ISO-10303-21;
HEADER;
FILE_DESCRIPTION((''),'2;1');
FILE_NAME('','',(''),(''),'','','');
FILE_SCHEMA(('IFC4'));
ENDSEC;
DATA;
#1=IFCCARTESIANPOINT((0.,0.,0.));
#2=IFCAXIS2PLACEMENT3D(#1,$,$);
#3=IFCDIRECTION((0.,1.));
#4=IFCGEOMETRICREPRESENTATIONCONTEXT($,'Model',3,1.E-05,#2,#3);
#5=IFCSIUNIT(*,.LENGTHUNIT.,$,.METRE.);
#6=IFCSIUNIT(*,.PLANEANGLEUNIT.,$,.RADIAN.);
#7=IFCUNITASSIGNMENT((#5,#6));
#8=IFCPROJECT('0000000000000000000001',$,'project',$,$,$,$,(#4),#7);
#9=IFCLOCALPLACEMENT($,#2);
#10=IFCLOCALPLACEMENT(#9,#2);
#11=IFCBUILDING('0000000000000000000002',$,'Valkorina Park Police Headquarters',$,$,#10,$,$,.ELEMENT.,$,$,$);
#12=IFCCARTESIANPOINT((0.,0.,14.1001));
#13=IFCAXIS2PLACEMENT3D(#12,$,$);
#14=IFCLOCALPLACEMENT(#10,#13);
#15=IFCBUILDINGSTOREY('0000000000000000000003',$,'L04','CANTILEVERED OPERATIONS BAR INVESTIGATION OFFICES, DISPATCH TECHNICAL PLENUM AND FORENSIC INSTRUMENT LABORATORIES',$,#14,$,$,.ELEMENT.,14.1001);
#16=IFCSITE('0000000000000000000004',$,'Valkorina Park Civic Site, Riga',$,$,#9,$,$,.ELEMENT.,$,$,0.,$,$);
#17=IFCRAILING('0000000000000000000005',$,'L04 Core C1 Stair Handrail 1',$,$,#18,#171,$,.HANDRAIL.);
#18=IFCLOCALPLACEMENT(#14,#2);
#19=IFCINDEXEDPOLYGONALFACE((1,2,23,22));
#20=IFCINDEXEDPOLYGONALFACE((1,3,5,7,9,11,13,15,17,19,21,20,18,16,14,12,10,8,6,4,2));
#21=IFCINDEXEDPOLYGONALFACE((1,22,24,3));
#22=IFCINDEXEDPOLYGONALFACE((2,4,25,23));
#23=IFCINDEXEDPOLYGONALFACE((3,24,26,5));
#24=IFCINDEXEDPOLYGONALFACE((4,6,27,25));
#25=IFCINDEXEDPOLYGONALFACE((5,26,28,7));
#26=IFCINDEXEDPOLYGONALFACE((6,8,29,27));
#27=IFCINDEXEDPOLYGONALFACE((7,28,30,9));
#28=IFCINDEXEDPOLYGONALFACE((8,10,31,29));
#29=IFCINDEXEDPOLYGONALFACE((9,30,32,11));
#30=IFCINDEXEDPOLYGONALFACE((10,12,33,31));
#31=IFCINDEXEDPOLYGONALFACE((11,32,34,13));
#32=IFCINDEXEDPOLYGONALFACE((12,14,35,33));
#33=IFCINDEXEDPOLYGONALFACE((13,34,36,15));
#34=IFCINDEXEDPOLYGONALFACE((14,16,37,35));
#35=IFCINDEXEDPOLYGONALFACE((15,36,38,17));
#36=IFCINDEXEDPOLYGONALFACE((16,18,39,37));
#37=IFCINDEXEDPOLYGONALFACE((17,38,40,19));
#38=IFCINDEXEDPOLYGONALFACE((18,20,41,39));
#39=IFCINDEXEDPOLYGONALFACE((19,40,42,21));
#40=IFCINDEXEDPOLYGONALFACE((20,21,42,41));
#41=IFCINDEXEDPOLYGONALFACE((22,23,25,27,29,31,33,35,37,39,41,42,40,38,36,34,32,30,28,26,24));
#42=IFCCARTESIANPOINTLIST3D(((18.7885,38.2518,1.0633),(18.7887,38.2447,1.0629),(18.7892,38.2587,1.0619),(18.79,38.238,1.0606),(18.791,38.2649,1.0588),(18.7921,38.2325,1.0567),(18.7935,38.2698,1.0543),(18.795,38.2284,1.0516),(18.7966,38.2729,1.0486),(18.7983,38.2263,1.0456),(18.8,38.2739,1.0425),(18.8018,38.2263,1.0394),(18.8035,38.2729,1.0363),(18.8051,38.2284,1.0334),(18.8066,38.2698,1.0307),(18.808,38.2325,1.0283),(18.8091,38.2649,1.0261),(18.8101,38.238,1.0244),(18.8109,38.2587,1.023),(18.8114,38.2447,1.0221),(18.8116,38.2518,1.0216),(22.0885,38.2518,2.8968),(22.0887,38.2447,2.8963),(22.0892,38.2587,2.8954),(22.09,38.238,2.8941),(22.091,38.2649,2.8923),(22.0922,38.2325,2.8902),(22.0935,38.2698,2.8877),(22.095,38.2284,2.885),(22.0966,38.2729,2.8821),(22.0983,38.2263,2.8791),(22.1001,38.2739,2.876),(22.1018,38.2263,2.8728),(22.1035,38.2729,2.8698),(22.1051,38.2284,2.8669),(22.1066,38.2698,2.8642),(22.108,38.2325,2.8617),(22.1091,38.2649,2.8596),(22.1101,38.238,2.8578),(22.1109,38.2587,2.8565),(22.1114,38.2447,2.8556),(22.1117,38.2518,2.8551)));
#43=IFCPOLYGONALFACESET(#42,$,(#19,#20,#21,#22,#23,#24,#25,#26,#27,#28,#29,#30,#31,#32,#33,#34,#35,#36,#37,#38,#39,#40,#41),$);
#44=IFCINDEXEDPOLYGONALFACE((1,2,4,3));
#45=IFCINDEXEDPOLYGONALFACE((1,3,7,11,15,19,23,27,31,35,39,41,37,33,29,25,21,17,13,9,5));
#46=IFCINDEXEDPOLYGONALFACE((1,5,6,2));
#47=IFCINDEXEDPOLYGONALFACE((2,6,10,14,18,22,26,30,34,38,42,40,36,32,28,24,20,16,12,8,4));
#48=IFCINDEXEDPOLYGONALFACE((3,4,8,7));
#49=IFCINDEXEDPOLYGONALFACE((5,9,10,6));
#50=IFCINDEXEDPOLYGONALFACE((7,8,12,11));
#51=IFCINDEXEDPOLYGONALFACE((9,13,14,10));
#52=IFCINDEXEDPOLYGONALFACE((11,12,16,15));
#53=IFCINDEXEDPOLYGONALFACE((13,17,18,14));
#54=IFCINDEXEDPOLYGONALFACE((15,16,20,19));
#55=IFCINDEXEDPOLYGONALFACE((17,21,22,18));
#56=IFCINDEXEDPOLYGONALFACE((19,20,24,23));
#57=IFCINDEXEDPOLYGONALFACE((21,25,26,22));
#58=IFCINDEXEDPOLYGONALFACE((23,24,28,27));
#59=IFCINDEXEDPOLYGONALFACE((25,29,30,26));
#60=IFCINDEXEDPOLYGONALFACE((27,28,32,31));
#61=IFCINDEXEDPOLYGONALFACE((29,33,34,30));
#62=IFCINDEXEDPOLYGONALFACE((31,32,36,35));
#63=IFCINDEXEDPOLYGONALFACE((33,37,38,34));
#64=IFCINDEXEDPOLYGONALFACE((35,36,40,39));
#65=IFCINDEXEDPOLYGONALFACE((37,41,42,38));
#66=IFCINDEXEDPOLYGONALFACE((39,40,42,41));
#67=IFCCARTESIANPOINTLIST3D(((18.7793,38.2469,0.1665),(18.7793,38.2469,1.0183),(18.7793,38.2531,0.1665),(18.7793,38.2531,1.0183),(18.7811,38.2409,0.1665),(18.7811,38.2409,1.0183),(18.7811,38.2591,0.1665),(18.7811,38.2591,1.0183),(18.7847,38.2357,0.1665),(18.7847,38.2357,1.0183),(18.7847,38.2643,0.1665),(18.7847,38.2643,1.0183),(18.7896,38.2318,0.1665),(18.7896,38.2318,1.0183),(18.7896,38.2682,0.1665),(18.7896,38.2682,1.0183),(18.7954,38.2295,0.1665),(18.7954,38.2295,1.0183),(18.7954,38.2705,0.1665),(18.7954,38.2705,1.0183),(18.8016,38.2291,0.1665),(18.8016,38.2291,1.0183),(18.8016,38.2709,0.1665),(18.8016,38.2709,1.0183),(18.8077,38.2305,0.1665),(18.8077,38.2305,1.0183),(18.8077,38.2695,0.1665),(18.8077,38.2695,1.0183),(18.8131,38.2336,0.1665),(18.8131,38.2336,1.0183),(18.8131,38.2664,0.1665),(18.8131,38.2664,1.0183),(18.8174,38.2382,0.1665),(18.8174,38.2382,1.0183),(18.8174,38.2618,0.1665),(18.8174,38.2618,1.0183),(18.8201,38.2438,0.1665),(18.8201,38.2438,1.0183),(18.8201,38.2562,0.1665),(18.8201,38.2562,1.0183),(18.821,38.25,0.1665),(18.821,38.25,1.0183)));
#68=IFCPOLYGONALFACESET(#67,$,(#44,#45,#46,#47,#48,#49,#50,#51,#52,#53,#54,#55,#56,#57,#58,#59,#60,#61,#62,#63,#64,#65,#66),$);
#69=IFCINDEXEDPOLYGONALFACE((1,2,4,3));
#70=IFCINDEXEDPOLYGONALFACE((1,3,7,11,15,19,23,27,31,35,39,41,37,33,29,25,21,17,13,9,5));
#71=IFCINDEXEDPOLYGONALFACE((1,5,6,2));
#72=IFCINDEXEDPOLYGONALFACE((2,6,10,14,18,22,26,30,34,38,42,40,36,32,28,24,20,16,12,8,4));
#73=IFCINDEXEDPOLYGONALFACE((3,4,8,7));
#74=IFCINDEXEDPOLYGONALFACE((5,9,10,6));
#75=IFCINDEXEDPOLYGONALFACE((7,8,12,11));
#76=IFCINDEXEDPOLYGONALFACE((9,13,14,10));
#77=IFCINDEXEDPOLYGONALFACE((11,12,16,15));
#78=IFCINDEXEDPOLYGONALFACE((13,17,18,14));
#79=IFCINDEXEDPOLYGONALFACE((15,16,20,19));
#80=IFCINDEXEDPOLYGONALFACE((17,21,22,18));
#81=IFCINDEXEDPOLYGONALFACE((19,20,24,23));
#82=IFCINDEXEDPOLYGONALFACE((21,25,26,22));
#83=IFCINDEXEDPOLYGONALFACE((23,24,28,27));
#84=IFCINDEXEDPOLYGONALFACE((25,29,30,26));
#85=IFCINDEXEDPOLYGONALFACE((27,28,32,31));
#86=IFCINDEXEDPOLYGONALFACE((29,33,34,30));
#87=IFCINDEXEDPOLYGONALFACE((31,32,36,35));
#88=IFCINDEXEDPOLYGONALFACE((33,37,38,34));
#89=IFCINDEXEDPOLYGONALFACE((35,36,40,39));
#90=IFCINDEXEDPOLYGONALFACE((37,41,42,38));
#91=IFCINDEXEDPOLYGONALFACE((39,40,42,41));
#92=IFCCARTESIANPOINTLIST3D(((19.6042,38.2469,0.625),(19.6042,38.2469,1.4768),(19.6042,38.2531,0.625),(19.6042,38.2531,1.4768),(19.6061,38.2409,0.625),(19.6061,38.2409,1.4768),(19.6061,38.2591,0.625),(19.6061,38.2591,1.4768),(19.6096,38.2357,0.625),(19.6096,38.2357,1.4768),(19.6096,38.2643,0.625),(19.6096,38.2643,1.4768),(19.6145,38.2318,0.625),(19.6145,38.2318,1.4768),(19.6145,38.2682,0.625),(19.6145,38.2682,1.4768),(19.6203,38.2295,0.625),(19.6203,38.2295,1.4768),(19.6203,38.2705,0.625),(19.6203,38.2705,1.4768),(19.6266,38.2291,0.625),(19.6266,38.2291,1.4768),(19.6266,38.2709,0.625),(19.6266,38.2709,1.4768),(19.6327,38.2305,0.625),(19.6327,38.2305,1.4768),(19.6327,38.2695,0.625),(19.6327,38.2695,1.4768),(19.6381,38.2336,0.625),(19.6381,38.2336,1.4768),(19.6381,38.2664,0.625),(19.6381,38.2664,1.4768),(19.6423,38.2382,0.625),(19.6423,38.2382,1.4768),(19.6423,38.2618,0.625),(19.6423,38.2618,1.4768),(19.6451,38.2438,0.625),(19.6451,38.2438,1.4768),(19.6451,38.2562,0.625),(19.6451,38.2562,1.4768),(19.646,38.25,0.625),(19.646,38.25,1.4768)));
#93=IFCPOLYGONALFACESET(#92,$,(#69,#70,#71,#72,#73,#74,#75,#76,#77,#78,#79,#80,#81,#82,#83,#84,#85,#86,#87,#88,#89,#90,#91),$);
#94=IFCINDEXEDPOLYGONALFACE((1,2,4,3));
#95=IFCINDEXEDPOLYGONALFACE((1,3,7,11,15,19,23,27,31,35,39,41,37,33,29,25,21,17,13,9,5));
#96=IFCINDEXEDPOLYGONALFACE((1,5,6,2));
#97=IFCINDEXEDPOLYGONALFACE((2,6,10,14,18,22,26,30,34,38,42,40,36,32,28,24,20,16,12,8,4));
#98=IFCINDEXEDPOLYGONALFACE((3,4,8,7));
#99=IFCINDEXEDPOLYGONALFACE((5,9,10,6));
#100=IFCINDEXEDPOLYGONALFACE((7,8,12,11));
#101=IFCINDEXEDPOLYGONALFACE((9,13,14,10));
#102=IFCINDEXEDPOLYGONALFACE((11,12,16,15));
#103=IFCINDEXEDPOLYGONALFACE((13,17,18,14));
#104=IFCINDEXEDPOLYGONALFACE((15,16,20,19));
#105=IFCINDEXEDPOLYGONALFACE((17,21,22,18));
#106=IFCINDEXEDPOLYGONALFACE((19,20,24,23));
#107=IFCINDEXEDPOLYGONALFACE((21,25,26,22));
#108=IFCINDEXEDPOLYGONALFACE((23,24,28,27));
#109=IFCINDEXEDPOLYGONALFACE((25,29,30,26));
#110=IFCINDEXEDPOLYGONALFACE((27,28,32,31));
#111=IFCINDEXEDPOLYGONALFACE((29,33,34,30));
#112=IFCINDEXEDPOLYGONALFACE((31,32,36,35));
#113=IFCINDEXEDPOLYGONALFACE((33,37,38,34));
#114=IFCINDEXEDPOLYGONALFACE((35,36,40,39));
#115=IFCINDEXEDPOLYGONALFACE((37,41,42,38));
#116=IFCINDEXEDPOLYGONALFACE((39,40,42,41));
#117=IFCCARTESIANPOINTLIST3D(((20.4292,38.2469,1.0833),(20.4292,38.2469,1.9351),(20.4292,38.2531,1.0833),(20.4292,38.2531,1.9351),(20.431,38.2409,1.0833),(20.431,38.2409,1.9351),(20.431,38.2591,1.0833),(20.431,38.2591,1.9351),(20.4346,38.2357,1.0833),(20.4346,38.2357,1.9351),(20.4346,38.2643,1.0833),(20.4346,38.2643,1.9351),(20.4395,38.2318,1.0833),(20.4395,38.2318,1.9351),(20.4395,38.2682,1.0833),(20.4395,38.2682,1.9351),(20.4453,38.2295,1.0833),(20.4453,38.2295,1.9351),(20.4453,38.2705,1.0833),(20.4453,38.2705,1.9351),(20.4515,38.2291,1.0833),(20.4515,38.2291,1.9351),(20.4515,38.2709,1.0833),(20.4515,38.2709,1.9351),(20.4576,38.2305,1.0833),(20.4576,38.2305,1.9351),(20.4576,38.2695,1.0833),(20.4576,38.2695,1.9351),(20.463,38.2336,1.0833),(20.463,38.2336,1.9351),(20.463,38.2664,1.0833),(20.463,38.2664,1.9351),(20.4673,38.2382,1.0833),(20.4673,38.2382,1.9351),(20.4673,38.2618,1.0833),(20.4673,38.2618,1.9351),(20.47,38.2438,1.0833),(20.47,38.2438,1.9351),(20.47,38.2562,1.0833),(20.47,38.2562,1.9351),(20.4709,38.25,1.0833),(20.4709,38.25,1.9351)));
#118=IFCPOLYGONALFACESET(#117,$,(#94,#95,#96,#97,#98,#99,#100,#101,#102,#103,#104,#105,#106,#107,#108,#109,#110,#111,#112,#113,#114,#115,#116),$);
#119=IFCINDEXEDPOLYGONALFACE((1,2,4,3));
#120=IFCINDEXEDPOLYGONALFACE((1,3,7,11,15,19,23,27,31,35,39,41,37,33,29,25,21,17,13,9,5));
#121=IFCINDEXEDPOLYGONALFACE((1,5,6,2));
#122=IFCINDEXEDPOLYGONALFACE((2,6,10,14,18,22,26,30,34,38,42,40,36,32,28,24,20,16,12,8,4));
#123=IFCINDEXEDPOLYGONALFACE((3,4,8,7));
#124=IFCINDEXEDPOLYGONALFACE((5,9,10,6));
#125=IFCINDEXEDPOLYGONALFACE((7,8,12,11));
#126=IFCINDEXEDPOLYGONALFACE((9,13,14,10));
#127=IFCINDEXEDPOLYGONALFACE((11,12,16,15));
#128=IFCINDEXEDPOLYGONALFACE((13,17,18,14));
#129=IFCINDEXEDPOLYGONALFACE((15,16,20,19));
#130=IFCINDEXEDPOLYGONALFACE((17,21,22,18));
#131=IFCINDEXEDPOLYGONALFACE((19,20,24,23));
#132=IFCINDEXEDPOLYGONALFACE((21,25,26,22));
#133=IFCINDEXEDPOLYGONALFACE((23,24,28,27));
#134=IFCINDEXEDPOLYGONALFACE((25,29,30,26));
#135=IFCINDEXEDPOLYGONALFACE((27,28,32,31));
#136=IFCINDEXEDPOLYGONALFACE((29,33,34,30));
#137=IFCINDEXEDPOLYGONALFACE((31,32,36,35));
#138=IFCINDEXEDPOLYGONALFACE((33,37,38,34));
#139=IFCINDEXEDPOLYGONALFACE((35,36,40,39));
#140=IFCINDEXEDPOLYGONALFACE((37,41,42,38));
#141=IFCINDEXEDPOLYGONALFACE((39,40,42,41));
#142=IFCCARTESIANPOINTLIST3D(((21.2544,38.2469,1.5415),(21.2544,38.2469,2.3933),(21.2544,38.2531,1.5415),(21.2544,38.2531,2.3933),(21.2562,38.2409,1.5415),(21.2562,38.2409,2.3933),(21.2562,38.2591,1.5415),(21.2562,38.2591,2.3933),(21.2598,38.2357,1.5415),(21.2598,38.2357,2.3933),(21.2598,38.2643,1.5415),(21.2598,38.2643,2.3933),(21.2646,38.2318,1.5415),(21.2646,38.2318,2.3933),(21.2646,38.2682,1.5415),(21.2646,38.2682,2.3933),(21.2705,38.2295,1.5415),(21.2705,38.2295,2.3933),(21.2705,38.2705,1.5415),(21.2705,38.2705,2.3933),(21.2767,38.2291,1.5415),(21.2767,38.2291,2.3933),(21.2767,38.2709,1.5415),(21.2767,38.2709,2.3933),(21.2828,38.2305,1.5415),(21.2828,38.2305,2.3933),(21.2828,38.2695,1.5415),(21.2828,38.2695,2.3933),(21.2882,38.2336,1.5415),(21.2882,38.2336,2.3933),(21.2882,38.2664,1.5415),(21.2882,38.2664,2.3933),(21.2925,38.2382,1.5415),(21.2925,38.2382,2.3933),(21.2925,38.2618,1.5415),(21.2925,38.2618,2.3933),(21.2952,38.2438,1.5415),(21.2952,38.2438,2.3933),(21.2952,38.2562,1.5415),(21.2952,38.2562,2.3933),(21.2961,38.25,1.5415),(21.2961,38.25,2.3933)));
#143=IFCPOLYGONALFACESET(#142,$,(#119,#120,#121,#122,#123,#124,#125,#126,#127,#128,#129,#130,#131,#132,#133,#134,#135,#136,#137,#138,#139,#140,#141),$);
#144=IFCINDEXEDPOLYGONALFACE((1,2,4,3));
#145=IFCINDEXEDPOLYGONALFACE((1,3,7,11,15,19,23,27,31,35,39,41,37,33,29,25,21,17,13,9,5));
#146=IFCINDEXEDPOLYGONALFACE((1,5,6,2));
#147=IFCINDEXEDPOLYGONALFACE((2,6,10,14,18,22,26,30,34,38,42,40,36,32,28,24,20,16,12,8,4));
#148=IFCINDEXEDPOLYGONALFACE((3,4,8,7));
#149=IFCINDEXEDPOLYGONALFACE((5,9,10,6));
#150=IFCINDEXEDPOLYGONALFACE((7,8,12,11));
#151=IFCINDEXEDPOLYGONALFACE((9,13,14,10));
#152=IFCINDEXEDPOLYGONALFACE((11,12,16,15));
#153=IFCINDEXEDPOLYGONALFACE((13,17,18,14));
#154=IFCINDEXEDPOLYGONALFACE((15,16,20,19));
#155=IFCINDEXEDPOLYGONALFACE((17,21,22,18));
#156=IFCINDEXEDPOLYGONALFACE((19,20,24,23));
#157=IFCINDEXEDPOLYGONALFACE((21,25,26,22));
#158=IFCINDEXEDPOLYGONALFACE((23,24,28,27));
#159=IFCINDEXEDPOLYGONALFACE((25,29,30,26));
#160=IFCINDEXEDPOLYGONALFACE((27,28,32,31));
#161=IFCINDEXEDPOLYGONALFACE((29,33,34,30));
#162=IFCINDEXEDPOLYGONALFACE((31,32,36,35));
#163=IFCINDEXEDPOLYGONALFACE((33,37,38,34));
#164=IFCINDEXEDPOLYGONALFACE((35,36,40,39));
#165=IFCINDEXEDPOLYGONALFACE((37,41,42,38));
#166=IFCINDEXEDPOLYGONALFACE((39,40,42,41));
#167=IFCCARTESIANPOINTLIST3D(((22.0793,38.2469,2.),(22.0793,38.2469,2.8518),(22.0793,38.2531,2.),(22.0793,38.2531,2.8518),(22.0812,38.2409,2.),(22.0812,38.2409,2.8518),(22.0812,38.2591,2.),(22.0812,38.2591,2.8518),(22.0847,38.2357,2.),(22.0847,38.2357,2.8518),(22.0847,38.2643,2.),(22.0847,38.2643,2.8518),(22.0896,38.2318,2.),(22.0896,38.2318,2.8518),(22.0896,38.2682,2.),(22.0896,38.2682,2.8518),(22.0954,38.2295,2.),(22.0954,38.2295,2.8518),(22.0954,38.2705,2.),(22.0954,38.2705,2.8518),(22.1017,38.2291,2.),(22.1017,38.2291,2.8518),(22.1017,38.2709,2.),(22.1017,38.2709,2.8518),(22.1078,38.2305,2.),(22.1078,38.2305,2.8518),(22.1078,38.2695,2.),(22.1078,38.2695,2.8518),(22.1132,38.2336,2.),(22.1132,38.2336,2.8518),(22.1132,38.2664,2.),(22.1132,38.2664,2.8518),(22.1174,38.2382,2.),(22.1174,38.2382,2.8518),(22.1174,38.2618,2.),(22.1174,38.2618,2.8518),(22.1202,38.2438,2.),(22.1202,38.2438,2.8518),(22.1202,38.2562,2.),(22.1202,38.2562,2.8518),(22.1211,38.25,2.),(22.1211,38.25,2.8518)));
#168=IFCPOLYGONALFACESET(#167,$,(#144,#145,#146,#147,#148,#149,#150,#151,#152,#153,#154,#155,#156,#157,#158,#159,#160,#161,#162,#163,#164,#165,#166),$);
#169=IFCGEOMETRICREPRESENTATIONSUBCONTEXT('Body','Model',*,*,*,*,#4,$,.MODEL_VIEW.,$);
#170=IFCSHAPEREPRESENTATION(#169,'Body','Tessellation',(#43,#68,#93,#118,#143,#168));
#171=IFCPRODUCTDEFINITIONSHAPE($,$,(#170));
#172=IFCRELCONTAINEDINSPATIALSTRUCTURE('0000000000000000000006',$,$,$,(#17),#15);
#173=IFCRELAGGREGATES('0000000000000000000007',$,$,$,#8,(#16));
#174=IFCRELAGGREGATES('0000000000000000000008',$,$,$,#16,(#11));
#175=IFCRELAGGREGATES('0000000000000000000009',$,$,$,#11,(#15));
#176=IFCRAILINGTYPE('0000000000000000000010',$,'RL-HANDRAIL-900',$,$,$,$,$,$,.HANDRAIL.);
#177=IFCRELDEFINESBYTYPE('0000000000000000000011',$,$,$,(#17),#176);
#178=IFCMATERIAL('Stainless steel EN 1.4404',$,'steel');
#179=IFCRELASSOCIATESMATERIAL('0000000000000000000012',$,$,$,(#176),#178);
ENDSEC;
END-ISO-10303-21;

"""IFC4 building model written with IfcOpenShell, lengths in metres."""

from ifc_helpers import new_model, si_unit, direction, frame, origin, origin_2d, place, context, subcontext, project, spatial, circle, extrude, material, type_object, element, save


model = new_model("IFC4")

# Units and contexts
model_context = context("Model", 3, precision=1e-05, world=origin(), true_north=direction((0.0, 1.0)))
body_context = subcontext(model_context, "Body", "Model", "MODEL_VIEW")
ifc_project = project(units=[si_unit("LENGTHUNIT", "METRE"), si_unit("PLANEANGLEUNIT", "RADIAN")], contexts=[model_context])

# Site, building, storey
site_placement = place(None, origin())
site = spatial("IfcSite", under=ifc_project, at=site_placement, Name="Valkorina Park Civic Site, Riga", CompositionType="ELEMENT", RefElevation=0.0)
building_placement = place(site_placement, origin())
building = spatial("IfcBuilding", under=site, at=building_placement, Name="Valkorina Park Police Headquarters", CompositionType="ELEMENT")
storey_placement = place(building_placement, frame((0.0, 0.0, 14.1001)))
storey = spatial("IfcBuildingStorey", under=building, at=storey_placement, Name="L04", Description="CANTILEVERED OPERATIONS BAR INVESTIGATION OFFICES, DISPATCH TECHNICAL PLENUM AND FORENSIC INSTRUMENT LABORATORIES", CompositionType="ELEMENT", Elevation=14.1001)

# Railing
ifc_material_1 = material(Name="Stainless steel EN 1.4404", Category="steel")
railing_type_1 = type_object("IfcRailingType", Name="RL-HANDRAIL-900", PredefinedType="HANDRAIL", material=ifc_material_1)
railing_1_placement = place(storey_placement, frame((18.8, 38.25, 0.1665)))
element("IfcRailing", 1, at=railing_1_placement, inside=storey, type_object=railing_type_1, Name="L04 Core C1 Stair Handrail 1", PredefinedType="HANDRAIL", context=body_context, shape_type="SweptSolid", body=[
    extrude(circle(Radius=0.0239, at=origin_2d()), frame((0.0, 0.0, 0.876), z_axis=(0.874142, 0.0, 0.48567), x_axis=(0.0, 1.0, 0.0)), (0.0, 0.0, 1.0), 3.7751),
    extrude(circle(Radius=0.021, at=origin_2d()), origin(), (0.0, 0.0, 1.0), 0.8518),
    extrude(circle(Radius=0.021, at=origin_2d()), frame((0.825, 0.0, 0.4585)), (0.0, 0.0, 1.0), 0.8518),
    extrude(circle(Radius=0.021, at=origin_2d()), frame((1.6499, 0.0, 0.9167)), (0.0, 0.0, 1.0), 0.8518),
    extrude(circle(Radius=0.021, at=origin_2d()), frame((2.4751, 0.0, 1.375)), (0.0, 0.0, 1.0), 0.8518),
    extrude(circle(Radius=0.021, at=origin_2d()), frame((3.3, 0.0, 1.8335)), (0.0, 0.0, 1.0), 0.8518),
])

save(model, "model.ifc")
